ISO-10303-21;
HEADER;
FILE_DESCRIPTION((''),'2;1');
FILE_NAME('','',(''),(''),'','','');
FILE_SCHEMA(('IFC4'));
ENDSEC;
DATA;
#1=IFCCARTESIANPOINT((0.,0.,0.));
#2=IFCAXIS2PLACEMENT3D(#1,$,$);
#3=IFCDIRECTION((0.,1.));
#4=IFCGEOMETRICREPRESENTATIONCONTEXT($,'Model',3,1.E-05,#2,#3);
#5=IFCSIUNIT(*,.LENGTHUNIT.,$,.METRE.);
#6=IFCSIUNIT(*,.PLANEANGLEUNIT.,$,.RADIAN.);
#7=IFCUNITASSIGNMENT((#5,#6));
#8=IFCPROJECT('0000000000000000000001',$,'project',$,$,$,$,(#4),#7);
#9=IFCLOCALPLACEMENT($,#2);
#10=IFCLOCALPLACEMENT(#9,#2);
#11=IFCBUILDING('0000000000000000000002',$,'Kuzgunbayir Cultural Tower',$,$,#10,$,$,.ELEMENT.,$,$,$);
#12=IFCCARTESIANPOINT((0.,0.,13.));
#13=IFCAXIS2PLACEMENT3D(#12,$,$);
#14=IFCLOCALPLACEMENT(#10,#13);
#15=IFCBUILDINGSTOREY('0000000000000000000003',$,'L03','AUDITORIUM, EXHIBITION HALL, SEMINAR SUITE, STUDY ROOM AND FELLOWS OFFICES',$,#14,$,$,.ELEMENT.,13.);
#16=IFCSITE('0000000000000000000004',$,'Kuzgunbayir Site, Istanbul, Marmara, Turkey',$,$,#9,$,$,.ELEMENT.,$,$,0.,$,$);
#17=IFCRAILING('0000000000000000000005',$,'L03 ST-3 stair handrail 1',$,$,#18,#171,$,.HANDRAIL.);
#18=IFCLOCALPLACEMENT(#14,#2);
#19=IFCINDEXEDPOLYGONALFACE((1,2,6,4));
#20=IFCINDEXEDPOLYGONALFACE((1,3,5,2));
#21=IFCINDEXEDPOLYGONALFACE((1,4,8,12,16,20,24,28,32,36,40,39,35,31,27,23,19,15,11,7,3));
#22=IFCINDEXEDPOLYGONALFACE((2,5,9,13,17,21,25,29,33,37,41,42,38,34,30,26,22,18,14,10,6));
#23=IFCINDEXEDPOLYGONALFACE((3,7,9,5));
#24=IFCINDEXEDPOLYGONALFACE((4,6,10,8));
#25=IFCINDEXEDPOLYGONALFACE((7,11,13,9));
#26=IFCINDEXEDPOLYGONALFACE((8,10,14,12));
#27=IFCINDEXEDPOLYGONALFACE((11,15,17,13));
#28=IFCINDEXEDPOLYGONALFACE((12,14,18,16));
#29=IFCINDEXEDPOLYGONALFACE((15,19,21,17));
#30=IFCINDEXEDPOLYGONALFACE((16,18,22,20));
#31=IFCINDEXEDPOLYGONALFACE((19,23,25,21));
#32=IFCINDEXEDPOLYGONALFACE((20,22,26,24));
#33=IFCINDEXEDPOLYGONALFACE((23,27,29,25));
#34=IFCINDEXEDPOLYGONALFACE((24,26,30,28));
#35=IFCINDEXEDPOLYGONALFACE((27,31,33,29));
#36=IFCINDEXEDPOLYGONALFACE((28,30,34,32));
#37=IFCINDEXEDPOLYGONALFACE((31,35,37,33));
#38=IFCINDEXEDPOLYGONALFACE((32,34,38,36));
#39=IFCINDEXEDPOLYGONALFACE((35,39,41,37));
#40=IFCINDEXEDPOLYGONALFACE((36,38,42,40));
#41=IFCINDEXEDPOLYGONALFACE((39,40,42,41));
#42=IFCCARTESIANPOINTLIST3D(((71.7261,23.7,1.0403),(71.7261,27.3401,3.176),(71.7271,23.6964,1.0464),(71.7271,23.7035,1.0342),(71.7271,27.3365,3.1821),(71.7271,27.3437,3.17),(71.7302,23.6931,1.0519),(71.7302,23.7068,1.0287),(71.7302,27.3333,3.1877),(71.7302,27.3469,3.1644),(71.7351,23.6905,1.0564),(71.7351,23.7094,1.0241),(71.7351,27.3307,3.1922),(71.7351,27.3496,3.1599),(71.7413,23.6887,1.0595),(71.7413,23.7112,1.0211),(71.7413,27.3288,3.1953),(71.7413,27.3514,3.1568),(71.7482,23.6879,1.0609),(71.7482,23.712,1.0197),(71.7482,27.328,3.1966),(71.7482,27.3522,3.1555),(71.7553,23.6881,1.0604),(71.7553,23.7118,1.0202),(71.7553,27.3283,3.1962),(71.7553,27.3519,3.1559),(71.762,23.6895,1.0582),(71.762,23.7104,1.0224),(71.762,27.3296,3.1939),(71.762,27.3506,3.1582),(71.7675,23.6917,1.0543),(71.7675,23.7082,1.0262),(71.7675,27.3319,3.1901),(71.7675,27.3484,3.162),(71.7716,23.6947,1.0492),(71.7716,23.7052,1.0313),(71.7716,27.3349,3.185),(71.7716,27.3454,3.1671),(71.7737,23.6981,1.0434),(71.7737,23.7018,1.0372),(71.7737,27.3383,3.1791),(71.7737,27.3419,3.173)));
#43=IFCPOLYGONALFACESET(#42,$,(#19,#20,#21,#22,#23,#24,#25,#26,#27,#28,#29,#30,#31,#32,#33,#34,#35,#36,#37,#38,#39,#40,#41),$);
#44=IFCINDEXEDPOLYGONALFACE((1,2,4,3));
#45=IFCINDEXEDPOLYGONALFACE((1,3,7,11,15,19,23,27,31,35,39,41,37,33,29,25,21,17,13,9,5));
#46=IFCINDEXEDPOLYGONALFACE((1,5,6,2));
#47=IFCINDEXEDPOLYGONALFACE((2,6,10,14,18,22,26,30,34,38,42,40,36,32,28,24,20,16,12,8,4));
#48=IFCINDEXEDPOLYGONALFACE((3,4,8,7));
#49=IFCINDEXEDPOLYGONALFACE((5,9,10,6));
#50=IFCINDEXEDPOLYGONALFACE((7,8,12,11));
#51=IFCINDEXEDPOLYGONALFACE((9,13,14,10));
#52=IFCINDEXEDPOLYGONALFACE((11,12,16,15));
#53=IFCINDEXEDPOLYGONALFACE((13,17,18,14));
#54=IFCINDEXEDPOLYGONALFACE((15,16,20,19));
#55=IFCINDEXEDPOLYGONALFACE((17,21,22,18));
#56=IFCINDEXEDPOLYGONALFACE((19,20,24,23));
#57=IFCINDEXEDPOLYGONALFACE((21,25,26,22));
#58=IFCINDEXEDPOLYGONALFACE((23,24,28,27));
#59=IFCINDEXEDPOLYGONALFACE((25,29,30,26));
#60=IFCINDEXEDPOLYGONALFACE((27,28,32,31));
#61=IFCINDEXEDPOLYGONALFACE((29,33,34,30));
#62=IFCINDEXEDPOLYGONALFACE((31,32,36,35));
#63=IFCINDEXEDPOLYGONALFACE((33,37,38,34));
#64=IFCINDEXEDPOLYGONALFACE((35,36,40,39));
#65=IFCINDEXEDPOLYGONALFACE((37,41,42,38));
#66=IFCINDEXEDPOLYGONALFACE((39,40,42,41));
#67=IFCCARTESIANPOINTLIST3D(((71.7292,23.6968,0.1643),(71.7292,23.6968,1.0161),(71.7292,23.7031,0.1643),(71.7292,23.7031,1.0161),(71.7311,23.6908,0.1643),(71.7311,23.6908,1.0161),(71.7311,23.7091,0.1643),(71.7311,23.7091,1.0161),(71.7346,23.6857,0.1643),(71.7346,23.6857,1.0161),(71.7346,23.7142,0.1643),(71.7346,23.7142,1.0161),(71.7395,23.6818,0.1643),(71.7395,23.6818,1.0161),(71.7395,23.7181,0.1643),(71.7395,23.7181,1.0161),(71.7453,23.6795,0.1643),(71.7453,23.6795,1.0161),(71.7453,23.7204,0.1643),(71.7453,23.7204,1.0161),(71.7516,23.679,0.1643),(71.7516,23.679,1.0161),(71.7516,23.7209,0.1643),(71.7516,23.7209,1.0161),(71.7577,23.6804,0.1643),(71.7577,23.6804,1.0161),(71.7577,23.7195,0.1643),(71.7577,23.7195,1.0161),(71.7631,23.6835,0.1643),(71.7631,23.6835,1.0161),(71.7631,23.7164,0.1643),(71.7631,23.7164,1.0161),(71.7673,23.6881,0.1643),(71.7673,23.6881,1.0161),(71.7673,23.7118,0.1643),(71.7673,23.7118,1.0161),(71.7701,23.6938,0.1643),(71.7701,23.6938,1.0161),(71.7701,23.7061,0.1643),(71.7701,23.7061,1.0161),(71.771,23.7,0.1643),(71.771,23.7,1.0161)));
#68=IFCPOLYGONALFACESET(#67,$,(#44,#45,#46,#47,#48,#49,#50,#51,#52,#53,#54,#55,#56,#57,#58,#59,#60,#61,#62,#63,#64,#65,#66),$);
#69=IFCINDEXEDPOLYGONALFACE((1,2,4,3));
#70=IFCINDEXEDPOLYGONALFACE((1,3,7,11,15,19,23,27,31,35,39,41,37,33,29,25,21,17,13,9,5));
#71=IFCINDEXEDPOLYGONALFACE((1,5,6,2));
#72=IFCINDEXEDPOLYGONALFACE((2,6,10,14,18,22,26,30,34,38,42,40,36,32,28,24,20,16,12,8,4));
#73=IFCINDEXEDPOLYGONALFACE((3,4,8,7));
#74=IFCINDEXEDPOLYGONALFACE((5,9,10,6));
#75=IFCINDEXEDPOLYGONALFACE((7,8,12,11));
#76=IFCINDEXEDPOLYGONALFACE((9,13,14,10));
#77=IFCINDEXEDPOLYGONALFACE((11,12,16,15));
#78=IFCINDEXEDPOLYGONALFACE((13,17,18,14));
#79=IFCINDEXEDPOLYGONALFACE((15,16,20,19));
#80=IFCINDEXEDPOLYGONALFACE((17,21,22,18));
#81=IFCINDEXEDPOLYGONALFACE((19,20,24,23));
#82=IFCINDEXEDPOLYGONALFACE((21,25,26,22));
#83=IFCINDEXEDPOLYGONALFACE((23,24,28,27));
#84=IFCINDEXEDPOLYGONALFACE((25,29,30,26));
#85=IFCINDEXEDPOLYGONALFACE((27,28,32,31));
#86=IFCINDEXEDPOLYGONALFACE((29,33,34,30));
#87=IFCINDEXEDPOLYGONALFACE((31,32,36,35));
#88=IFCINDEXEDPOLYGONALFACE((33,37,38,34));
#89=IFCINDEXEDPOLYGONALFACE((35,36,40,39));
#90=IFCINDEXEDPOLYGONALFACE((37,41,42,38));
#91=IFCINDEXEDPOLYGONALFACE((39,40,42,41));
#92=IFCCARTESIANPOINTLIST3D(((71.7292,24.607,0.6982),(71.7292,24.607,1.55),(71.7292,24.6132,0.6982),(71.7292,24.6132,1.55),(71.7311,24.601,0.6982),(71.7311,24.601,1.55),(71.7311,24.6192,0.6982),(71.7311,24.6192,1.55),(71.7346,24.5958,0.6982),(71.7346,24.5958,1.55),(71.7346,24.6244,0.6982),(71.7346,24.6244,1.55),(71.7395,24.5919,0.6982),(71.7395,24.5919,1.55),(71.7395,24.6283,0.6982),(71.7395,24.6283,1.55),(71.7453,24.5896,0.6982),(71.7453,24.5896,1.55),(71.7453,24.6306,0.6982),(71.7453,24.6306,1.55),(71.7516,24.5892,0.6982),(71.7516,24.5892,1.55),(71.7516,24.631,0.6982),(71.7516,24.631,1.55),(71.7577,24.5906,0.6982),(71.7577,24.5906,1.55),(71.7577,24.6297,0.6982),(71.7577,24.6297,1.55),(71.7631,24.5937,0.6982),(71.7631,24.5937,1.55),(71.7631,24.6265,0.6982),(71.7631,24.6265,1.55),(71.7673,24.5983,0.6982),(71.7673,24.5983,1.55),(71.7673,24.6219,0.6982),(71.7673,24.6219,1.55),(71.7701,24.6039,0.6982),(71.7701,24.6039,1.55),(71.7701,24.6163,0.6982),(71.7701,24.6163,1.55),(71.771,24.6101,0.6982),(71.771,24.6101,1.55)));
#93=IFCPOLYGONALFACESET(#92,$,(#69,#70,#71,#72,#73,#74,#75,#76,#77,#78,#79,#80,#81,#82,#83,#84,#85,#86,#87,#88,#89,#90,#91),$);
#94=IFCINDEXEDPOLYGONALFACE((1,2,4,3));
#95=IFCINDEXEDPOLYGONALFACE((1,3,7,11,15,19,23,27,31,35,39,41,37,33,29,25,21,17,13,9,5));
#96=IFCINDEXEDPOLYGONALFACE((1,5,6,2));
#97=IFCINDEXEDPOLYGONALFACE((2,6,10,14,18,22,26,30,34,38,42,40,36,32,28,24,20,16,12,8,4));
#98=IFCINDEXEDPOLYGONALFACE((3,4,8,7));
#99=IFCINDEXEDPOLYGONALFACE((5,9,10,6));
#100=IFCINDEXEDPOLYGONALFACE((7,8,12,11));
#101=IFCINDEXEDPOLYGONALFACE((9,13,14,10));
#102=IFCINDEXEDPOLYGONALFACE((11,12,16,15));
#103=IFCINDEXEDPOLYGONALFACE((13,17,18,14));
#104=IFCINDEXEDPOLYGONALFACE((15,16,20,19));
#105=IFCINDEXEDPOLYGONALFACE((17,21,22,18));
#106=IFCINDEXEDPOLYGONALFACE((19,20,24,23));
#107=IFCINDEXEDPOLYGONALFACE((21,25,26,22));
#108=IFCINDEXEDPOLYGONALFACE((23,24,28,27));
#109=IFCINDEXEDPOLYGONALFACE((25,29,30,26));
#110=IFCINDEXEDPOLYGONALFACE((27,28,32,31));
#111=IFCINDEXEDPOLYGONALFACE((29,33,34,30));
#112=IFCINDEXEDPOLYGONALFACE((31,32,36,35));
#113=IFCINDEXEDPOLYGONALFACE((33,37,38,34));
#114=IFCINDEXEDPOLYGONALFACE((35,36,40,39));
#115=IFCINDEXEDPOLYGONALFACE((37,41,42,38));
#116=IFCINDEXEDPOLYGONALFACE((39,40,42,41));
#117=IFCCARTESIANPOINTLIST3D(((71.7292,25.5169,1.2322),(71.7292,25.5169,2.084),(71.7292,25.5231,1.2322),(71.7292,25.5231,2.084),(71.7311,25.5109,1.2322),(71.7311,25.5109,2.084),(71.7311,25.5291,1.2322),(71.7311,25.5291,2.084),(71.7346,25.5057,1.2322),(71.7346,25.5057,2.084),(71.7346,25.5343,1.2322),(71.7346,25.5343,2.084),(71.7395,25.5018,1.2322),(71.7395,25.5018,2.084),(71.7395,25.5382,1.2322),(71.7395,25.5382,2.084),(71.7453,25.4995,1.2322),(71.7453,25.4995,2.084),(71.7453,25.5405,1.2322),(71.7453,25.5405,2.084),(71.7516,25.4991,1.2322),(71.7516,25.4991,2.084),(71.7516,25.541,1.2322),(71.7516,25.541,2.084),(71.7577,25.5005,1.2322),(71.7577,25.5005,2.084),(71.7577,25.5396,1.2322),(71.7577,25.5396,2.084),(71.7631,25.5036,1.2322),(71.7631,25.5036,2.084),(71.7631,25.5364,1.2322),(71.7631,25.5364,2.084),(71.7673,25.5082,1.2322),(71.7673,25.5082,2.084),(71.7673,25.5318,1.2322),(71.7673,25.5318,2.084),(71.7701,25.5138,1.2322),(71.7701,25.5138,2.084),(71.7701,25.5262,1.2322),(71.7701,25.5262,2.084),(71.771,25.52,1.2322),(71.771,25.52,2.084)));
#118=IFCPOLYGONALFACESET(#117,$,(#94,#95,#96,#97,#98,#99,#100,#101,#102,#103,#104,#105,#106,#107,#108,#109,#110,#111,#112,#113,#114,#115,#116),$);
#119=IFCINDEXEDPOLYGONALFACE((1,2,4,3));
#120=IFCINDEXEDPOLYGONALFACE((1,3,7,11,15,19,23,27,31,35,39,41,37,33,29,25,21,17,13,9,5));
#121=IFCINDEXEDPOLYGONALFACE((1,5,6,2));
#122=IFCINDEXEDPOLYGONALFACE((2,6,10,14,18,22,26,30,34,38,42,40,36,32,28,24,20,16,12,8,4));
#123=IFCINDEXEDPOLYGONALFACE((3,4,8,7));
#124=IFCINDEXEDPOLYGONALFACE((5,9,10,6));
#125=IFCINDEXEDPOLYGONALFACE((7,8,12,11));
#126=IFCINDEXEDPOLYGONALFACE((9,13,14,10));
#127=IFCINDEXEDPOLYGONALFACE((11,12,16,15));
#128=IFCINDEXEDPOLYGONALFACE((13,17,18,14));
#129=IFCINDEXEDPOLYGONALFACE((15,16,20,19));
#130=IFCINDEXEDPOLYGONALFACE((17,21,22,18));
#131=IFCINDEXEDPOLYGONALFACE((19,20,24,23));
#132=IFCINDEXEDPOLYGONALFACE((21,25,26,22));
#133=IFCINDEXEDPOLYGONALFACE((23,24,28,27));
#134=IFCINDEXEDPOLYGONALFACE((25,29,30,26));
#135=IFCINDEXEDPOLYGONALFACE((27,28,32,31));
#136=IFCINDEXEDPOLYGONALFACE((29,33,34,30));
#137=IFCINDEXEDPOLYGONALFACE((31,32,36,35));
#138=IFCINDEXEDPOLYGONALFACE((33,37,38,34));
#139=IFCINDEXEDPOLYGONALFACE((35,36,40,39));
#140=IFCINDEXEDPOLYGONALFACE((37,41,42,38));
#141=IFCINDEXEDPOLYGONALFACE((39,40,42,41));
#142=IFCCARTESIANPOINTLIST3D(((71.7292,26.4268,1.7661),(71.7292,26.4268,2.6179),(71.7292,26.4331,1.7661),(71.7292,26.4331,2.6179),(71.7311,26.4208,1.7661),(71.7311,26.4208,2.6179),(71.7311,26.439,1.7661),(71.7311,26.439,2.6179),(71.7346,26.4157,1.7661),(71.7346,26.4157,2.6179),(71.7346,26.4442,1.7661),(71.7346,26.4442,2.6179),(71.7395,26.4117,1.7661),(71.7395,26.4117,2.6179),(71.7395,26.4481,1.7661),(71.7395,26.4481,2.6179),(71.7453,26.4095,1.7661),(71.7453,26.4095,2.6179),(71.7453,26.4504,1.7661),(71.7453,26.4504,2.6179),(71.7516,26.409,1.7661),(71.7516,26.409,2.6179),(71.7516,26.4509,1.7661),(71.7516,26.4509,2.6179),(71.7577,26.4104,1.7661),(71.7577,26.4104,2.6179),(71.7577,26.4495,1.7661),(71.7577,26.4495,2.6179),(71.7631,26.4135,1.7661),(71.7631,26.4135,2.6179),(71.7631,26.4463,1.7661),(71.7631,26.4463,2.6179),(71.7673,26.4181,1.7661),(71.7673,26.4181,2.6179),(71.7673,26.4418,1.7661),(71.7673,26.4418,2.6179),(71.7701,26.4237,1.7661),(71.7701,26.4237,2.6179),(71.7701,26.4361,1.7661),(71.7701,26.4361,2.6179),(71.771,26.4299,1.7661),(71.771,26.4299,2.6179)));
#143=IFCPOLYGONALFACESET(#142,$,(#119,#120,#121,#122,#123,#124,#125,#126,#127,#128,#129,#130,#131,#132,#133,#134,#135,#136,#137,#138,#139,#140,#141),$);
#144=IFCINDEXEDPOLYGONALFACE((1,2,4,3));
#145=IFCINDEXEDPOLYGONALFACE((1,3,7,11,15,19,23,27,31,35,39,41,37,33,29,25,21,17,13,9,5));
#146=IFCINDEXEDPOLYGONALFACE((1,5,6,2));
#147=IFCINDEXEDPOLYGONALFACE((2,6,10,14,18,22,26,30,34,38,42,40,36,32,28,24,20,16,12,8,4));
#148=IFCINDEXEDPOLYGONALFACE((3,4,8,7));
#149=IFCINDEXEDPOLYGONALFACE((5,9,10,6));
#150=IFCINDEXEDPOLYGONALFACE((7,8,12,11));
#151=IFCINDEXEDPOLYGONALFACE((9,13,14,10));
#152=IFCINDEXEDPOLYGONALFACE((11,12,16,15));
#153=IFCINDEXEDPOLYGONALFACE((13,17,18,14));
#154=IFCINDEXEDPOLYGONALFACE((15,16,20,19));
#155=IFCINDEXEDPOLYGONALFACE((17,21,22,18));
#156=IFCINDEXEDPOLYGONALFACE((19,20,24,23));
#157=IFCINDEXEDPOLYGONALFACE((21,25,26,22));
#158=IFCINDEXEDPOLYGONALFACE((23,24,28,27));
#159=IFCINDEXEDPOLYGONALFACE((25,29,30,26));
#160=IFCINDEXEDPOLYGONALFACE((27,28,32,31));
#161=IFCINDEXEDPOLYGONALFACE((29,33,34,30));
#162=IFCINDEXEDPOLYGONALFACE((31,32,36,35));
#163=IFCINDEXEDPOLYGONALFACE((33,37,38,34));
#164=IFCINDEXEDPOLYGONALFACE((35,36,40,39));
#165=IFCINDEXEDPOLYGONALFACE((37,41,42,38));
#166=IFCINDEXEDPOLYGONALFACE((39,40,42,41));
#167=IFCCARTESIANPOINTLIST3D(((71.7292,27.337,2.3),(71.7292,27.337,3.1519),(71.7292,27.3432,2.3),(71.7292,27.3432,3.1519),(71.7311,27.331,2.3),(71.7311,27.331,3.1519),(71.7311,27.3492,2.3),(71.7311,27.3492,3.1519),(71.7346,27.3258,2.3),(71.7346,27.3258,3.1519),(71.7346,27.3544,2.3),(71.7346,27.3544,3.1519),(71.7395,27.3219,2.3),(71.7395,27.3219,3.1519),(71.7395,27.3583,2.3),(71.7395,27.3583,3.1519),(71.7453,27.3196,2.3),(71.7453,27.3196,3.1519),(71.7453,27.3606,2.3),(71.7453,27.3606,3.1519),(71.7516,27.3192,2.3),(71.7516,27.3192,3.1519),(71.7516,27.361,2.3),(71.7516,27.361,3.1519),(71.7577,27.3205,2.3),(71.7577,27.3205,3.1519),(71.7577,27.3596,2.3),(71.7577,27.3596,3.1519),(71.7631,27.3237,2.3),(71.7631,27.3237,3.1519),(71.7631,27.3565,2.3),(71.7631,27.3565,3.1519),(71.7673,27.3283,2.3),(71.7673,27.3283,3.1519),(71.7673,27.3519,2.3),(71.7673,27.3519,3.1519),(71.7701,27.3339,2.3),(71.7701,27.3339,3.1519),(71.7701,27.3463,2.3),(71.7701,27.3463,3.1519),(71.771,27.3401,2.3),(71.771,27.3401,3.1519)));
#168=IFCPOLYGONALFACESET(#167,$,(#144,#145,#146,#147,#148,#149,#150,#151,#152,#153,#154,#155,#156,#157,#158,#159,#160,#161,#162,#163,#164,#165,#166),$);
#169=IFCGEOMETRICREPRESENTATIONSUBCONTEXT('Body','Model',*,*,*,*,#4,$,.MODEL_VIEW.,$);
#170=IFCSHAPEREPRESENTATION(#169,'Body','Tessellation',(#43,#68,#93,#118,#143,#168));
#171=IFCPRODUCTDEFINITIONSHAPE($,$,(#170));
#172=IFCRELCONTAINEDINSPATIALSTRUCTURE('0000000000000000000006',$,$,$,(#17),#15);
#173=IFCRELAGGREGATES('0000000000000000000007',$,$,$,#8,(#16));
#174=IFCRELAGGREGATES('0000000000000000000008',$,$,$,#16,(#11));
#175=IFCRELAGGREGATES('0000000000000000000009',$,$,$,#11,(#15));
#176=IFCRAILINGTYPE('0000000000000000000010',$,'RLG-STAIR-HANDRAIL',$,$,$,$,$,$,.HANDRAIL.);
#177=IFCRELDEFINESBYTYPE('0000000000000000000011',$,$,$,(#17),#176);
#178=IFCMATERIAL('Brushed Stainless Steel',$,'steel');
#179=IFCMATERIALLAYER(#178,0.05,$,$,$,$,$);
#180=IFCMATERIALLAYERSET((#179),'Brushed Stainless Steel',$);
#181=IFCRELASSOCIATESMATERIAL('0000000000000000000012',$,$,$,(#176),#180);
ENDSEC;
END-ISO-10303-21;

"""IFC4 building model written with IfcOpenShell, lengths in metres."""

from ifc_helpers import new_model, si_unit, direction, frame, origin, origin_2d, place, context, subcontext, project, spatial, circle, extrude, material, layer, layer_set, type_object, element, save


model = new_model("IFC4")

# Units and contexts
model_context = context("Model", 3, precision=1e-05, world=origin(), true_north=direction((0.0, 1.0)))
body_context = subcontext(model_context, "Body", "Model", "MODEL_VIEW")
ifc_project = project(units=[si_unit("LENGTHUNIT", "METRE"), si_unit("PLANEANGLEUNIT", "RADIAN")], contexts=[model_context])

# Site, building, storey
site_placement = place(None, origin())
site = spatial("IfcSite", under=ifc_project, at=site_placement, Name="Kuzgunbayir Site, Istanbul, Marmara, Turkey", CompositionType="ELEMENT", RefElevation=0.0)
building_placement = place(site_placement, origin())
building = spatial("IfcBuilding", under=site, at=building_placement, Name="Kuzgunbayir Cultural Tower", CompositionType="ELEMENT")
storey_placement = place(building_placement, frame((0.0, 0.0, 13.0)))
storey = spatial("IfcBuildingStorey", under=building, at=storey_placement, Name="L03", Description="AUDITORIUM, EXHIBITION HALL, SEMINAR SUITE, STUDY ROOM AND FELLOWS OFFICES", CompositionType="ELEMENT", Elevation=13.0)

# Shared definitions
ifc_material_1 = material(Name="Brushed Stainless Steel", Category="steel")

# Railing
ifc_layer_1 = layer(ifc_material_1, 0.05)
ifc_layer_set_1 = layer_set([ifc_layer_1], Name="Brushed Stainless Steel")
railing_type_1 = type_object("IfcRailingType", Name="RLG-STAIR-HANDRAIL", PredefinedType="HANDRAIL", material=ifc_layer_set_1)
railing_1_placement = place(storey_placement, frame((71.75, 23.7, 0.1643)))
element("IfcRailing", 1, at=railing_1_placement, inside=storey, type_object=railing_type_1, Name="L03 ST-3 stair handrail 1", PredefinedType="HANDRAIL", context=body_context, shape_type="SweptSolid", body=[
    extrude(circle(Radius=0.0239, at=origin_2d()), frame((0.0, 0.0, 0.876), z_axis=(0.0, 0.862505, 0.506049), x_axis=(-1.0, 0.0, 0.0)), (0.0, 0.0, 1.0), 4.2205),
    extrude(circle(Radius=0.021, at=origin_2d()), origin(), (0.0, 0.0, 1.0), 0.8518),
    extrude(circle(Radius=0.021, at=origin_2d()), frame((0.0, 0.9102, 0.5339)), (0.0, 0.0, 1.0), 0.8518),
    extrude(circle(Radius=0.021, at=origin_2d()), frame((0.0, 1.8201, 1.0679)), (0.0, 0.0, 1.0), 0.8518),
    extrude(circle(Radius=0.021, at=origin_2d()), frame((0.0, 2.73, 1.6018)), (0.0, 0.0, 1.0), 0.8518),
    extrude(circle(Radius=0.021, at=origin_2d()), frame((0.0, 3.6401, 2.1357)), (0.0, 0.0, 1.0), 0.8518),
])

save(model, "model.ifc")
